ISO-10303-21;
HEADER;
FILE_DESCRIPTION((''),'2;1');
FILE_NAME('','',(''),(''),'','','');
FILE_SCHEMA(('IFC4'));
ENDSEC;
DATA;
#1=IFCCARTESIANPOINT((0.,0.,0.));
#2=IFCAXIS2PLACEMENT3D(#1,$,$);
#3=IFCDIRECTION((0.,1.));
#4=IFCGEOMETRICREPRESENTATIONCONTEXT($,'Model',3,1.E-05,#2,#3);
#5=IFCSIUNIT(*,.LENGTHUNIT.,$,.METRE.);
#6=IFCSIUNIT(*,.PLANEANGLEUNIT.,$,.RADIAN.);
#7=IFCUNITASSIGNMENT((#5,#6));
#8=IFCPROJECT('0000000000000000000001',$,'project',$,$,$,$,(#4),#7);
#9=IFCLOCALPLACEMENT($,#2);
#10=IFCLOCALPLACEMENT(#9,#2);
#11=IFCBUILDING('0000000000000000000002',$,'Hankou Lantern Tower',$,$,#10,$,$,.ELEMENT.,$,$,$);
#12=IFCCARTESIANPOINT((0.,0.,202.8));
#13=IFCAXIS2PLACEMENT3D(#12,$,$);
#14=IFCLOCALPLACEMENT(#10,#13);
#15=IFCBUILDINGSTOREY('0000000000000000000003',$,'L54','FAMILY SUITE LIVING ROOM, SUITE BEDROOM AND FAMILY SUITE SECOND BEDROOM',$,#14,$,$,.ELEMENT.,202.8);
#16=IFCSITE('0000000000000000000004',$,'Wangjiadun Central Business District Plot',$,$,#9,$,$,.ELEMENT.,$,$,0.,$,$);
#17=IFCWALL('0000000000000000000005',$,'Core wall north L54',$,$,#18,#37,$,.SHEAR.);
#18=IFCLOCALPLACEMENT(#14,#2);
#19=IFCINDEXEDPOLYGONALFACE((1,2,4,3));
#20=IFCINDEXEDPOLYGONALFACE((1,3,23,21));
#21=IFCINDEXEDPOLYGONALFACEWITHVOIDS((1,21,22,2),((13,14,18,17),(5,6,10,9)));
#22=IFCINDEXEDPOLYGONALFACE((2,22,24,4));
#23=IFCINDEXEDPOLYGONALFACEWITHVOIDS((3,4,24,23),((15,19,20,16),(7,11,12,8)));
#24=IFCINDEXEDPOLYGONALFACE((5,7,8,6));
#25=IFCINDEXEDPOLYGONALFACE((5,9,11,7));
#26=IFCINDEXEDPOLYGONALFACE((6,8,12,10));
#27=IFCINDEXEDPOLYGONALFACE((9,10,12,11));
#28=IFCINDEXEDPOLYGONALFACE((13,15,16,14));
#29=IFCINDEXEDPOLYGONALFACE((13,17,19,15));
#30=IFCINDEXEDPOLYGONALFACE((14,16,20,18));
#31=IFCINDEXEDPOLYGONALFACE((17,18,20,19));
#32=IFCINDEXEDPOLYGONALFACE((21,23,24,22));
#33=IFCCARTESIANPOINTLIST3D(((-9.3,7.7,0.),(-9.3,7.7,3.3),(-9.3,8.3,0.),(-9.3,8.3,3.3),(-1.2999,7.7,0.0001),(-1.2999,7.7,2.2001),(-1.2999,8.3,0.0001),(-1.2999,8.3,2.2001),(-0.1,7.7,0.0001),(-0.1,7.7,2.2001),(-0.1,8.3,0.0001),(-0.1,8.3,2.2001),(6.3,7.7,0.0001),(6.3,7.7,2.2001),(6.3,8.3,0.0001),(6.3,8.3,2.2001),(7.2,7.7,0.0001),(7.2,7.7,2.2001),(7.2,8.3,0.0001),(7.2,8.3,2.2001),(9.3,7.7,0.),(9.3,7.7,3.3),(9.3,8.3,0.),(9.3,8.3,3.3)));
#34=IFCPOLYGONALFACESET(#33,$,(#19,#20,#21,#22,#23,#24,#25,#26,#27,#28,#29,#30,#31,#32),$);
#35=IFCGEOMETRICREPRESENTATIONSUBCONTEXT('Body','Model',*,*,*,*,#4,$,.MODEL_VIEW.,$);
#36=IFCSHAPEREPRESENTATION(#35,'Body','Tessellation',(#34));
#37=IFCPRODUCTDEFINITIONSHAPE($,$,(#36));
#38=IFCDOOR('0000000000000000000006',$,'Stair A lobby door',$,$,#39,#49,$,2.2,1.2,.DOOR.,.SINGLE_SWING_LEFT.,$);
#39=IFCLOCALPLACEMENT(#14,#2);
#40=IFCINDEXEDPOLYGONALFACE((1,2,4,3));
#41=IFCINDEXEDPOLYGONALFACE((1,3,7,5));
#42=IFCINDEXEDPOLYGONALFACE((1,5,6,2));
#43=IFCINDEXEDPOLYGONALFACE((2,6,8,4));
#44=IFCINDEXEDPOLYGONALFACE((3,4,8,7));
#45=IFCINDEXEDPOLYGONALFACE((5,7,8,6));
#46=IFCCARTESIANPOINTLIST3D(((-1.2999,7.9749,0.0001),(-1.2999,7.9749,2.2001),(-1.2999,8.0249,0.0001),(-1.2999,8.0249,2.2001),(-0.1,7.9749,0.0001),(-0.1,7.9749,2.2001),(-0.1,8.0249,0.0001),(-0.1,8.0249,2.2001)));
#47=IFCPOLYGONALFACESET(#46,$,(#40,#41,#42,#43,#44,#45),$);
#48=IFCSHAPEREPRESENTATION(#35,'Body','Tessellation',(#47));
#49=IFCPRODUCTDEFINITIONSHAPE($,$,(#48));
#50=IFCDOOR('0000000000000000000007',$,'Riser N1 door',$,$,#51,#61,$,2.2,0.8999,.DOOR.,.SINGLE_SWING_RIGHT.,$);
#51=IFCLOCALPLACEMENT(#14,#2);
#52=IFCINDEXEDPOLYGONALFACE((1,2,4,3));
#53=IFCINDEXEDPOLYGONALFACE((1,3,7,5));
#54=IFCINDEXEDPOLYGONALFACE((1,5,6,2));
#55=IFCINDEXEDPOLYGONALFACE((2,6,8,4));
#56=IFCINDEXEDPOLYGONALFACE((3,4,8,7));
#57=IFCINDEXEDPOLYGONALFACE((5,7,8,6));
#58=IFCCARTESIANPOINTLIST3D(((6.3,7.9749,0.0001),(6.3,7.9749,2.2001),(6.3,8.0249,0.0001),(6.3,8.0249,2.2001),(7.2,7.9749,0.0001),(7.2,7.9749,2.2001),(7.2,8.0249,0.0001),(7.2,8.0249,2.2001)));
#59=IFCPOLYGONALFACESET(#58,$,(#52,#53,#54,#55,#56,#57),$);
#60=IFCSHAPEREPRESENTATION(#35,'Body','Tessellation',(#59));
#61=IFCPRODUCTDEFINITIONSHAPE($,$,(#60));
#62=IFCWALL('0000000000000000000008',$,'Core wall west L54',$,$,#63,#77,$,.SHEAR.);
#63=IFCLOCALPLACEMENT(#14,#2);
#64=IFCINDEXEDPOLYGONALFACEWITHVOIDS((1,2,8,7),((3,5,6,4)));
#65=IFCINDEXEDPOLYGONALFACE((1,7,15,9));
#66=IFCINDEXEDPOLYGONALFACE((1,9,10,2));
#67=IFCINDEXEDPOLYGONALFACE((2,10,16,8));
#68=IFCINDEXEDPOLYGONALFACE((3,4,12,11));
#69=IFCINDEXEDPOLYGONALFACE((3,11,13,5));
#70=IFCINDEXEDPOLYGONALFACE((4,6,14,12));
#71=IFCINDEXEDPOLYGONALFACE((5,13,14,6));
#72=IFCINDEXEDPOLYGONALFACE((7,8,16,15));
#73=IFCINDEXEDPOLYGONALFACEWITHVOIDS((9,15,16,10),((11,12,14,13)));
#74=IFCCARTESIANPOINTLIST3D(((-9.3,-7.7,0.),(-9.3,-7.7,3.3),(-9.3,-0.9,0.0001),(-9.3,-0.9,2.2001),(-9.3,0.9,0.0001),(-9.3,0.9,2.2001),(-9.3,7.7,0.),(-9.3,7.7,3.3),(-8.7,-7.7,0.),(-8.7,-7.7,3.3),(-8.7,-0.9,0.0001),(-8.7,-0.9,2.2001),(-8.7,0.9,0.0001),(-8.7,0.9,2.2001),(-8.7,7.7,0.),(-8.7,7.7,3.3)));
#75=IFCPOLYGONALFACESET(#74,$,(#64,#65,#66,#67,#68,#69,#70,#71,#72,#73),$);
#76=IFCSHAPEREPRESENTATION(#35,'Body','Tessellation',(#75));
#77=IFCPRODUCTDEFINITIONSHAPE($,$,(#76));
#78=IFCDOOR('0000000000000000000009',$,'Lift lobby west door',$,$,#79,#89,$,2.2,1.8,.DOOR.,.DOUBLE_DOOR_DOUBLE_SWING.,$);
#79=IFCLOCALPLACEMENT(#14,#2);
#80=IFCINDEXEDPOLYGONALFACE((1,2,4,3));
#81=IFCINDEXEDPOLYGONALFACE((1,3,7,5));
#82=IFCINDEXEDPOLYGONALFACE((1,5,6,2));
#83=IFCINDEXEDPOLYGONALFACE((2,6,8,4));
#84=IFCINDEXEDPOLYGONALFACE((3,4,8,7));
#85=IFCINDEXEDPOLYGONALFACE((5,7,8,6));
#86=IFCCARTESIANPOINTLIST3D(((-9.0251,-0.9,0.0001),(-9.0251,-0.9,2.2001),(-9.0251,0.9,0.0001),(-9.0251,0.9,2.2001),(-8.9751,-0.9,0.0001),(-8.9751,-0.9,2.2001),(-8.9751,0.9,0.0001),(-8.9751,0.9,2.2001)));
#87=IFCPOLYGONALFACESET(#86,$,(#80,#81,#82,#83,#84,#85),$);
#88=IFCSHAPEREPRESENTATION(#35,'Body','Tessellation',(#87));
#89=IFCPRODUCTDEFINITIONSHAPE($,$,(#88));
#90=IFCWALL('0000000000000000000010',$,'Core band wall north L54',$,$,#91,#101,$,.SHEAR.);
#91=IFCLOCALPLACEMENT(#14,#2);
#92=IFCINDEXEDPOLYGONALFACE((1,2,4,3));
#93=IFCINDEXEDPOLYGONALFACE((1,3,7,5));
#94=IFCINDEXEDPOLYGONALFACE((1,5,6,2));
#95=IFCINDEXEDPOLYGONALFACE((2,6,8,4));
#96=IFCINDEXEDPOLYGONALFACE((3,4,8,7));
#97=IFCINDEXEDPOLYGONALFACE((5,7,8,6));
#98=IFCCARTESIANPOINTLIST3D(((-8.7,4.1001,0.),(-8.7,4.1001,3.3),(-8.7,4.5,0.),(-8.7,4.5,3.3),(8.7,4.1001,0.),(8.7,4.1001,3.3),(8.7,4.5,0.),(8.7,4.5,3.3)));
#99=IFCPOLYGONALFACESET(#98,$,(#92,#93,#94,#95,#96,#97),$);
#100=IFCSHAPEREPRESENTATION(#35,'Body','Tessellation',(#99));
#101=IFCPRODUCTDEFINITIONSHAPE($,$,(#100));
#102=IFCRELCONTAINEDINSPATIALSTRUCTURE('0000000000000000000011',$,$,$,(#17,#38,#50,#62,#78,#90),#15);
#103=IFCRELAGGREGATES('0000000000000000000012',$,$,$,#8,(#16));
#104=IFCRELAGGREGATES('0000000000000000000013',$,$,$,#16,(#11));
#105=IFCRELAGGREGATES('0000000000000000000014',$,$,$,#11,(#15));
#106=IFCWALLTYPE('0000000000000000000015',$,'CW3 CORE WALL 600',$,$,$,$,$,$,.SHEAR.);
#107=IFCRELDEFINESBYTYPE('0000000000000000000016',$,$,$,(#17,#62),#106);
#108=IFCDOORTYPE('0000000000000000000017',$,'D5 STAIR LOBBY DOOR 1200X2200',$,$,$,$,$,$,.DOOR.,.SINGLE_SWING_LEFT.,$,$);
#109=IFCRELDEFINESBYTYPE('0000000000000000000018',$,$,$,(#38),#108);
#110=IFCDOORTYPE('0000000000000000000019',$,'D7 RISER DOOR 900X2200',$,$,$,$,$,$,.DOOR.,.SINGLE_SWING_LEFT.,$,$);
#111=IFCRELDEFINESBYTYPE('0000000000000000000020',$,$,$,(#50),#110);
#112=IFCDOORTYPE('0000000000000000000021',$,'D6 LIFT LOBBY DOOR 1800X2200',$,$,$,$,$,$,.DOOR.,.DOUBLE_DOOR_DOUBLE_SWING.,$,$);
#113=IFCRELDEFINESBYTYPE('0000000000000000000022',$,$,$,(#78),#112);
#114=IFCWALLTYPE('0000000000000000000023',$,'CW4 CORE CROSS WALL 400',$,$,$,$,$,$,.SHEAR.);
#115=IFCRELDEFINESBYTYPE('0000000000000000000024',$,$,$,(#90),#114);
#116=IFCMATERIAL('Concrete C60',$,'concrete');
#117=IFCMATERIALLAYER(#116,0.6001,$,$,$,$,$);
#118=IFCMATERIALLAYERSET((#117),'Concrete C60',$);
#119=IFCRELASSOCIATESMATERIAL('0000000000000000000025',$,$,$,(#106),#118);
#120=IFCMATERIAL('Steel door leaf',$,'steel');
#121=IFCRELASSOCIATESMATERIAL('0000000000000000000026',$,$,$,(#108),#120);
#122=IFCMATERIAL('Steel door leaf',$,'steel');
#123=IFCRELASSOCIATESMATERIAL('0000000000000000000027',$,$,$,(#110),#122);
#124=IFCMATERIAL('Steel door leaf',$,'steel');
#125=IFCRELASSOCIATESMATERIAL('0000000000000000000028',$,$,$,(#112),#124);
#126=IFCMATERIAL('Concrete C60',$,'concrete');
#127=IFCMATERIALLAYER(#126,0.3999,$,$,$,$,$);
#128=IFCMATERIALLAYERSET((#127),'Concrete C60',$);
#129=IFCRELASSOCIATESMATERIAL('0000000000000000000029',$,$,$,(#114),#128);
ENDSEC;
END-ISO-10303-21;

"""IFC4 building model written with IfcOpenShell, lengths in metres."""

from ifc_helpers import new_model, si_unit, direction, frame, frame_2d, origin, place, context, subcontext, project, spatial, rectangle, extrude, material, layer, layer_set, type_object, element, fill, save


model = new_model("IFC4")

# Units and contexts
model_context = context("Model", 3, precision=1e-05, world=origin(), true_north=direction((0.0, 1.0)))
body_context = subcontext(model_context, "Body", "Model", "MODEL_VIEW")
ifc_project = project(units=[si_unit("LENGTHUNIT", "METRE"), si_unit("PLANEANGLEUNIT", "RADIAN")], contexts=[model_context])

# Site, building, storey
site_placement = place(None, origin())
site = spatial("IfcSite", under=ifc_project, at=site_placement, Name="Wangjiadun Central Business District Plot", CompositionType="ELEMENT", RefElevation=0.0)
building_placement = place(site_placement, origin())
building = spatial("IfcBuilding", under=site, at=building_placement, Name="Hankou Lantern Tower", CompositionType="ELEMENT")
storey_placement = place(building_placement, frame((0.0, 0.0, 202.8)))
storey = spatial("IfcBuildingStorey", under=building, at=storey_placement, Name="L54", Description="FAMILY SUITE LIVING ROOM, SUITE BEDROOM AND FAMILY SUITE SECOND BEDROOM", CompositionType="ELEMENT", Elevation=202.8)

# Wall, openings, doors
ifc_material_1 = material(Name="Concrete C60", Category="concrete")
ifc_layer_1 = layer(ifc_material_1, 0.6001)
ifc_layer_set_1 = layer_set([ifc_layer_1], Name="Concrete C60")
wall_type_1 = type_object("IfcWallType", Name="CW3 CORE WALL 600", PredefinedType="SHEAR", material=ifc_layer_set_1)
wall_1_placement = place(storey_placement, frame((-9.3, 8.0, 0.0), z_axis=(0.0, 0.0, 1.0), x_axis=(1.0, 0.0, 0.0)))
wall_1 = element("IfcWall", 1, at=wall_1_placement, inside=storey, type_object=wall_type_1, Name="Core wall north L54", PredefinedType="SHEAR", context=body_context, shape_type="SweptSolid", body=[
    extrude(rectangle(XDim=18.6001, YDim=0.6001, at=frame_2d((9.3, 0.0))), origin(), (0.0, 0.0, 1.0), 3.3),
])
opening_1_placement = place(wall_1_placement, frame((8.0, 0.0, 0.0)))
opening_1 = element("IfcOpeningElement", 2, at=opening_1_placement, cuts=wall_1, PredefinedType="OPENING", context=body_context, shape_type="SweptSolid", body=[
    extrude(rectangle(XDim=1.2, YDim=2.2, at=frame_2d((0.6001, 1.1001))), frame((0.0, 0.3101, 0.0), z_axis=(0.0, -1.0, 0.0), x_axis=(1.0, 0.0, 0.0)), (0.0, 0.0, 1.0), 0.6201),
])
opening_2_placement = place(wall_1_placement, frame((15.6001, 0.0, 0.0)))
opening_2 = element("IfcOpeningElement", 3, at=opening_2_placement, cuts=wall_1, PredefinedType="OPENING", context=body_context, shape_type="SweptSolid", body=[
    extrude(rectangle(XDim=0.8999, YDim=2.2, at=frame_2d((0.45, 1.1001))), frame((0.0, 0.3101, 0.0), z_axis=(0.0, -1.0, 0.0), x_axis=(1.0, 0.0, 0.0)), (0.0, 0.0, 1.0), 0.6201),
])
ifc_material_2 = material(Name="Steel door leaf", Category="steel")
door_type_1 = type_object("IfcDoorType", Name="D5 STAIR LOBBY DOOR 1200X2200", OperationType="SINGLE_SWING_LEFT", PredefinedType="DOOR", material=ifc_material_2)
door_1_placement = place(opening_1_placement, origin())
door_1 = element("IfcDoor", 4, at=door_1_placement, inside=storey, type_object=door_type_1, Name="Stair A lobby door", OperationType="SINGLE_SWING_LEFT", OverallHeight=2.2, OverallWidth=1.2, PredefinedType="DOOR", context=body_context, shape_type="SweptSolid", body=[
    extrude(rectangle(XDim=1.2, YDim=2.2, at=frame_2d((0.6001, 1.1001))), frame((0.0, 0.0249, 0.0), z_axis=(0.0, -1.0, 0.0), x_axis=(1.0, 0.0, 0.0)), (0.0, 0.0, 1.0), 0.05),
])
fill(opening_1, door_1)
ifc_material_3 = material(Name="Steel door leaf", Category="steel")
door_type_2 = type_object("IfcDoorType", Name="D7 RISER DOOR 900X2200", OperationType="SINGLE_SWING_LEFT", PredefinedType="DOOR", material=ifc_material_3)
door_2_placement = place(opening_2_placement, origin())
door_2 = element("IfcDoor", 5, at=door_2_placement, inside=storey, type_object=door_type_2, Name="Riser N1 door", OperationType="SINGLE_SWING_RIGHT", OverallHeight=2.2, OverallWidth=0.8999, PredefinedType="DOOR", context=body_context, shape_type="SweptSolid", body=[
    extrude(rectangle(XDim=0.8999, YDim=2.2, at=frame_2d((0.45, 1.1001))), frame((0.0, 0.0249, 0.0), z_axis=(0.0, -1.0, 0.0), x_axis=(1.0, 0.0, 0.0)), (0.0, 0.0, 1.0), 0.05),
])
fill(opening_2, door_2)

# Wall, opening, door
wall_2_placement = place(storey_placement, frame((-9.0, 7.7, 0.0), z_axis=(0.0, 0.0, 1.0), x_axis=(0.0, -1.0, 0.0)))
wall_2 = element("IfcWall", 6, at=wall_2_placement, inside=storey, type_object=wall_type_1, Name="Core wall west L54", PredefinedType="SHEAR", context=body_context, shape_type="SweptSolid", body=[
    extrude(rectangle(XDim=15.3999, YDim=0.6001, at=frame_2d((7.7, 0.0))), origin(), (0.0, 0.0, 1.0), 3.3),
])
opening_3_placement = place(wall_2_placement, frame((6.8, 0.0, 0.0)))
opening_3 = element("IfcOpeningElement", 7, at=opening_3_placement, cuts=wall_2, PredefinedType="OPENING", context=body_context, shape_type="SweptSolid", body=[
    extrude(rectangle(XDim=1.8, YDim=2.2, at=frame_2d((0.8999, 1.1001))), frame((0.0, 0.3101, 0.0), z_axis=(0.0, -1.0, 0.0), x_axis=(1.0, 0.0, 0.0)), (0.0, 0.0, 1.0), 0.6201),
])
ifc_material_4 = material(Name="Steel door leaf", Category="steel")
door_type_3 = type_object("IfcDoorType", Name="D6 LIFT LOBBY DOOR 1800X2200", OperationType="DOUBLE_DOOR_DOUBLE_SWING", PredefinedType="DOOR", material=ifc_material_4)
door_3_placement = place(opening_3_placement, origin())
door_3 = element("IfcDoor", 8, at=door_3_placement, inside=storey, type_object=door_type_3, Name="Lift lobby west door", OperationType="DOUBLE_DOOR_DOUBLE_SWING", OverallHeight=2.2, OverallWidth=1.8, PredefinedType="DOOR", context=body_context, shape_type="SweptSolid", body=[
    extrude(rectangle(XDim=1.8, YDim=2.2, at=frame_2d((0.8999, 1.1001))), frame((0.0, 0.0249, 0.0), z_axis=(0.0, -1.0, 0.0), x_axis=(1.0, 0.0, 0.0)), (0.0, 0.0, 1.0), 0.05),
])
fill(opening_3, door_3)

# Wall
ifc_material_5 = material(Name="Concrete C60", Category="concrete")
ifc_layer_2 = layer(ifc_material_5, 0.3999)
ifc_layer_set_2 = layer_set([ifc_layer_2], Name="Concrete C60")
wall_type_2 = type_object("IfcWallType", Name="CW4 CORE CROSS WALL 400", PredefinedType="SHEAR", material=ifc_layer_set_2)
wall_3_placement = place(storey_placement, frame((-8.7, 4.3, 0.0), z_axis=(0.0, 0.0, 1.0), x_axis=(1.0, 0.0, 0.0)))
element("IfcWall", 9, at=wall_3_placement, inside=storey, type_object=wall_type_2, Name="Core band wall north L54", PredefinedType="SHEAR", context=body_context, shape_type="SweptSolid", body=[
    extrude(rectangle(XDim=17.3999, YDim=0.3999, at=frame_2d((8.7, 0.0))), origin(), (0.0, 0.0, 1.0), 3.3),
])

save(model, "model.ifc")
